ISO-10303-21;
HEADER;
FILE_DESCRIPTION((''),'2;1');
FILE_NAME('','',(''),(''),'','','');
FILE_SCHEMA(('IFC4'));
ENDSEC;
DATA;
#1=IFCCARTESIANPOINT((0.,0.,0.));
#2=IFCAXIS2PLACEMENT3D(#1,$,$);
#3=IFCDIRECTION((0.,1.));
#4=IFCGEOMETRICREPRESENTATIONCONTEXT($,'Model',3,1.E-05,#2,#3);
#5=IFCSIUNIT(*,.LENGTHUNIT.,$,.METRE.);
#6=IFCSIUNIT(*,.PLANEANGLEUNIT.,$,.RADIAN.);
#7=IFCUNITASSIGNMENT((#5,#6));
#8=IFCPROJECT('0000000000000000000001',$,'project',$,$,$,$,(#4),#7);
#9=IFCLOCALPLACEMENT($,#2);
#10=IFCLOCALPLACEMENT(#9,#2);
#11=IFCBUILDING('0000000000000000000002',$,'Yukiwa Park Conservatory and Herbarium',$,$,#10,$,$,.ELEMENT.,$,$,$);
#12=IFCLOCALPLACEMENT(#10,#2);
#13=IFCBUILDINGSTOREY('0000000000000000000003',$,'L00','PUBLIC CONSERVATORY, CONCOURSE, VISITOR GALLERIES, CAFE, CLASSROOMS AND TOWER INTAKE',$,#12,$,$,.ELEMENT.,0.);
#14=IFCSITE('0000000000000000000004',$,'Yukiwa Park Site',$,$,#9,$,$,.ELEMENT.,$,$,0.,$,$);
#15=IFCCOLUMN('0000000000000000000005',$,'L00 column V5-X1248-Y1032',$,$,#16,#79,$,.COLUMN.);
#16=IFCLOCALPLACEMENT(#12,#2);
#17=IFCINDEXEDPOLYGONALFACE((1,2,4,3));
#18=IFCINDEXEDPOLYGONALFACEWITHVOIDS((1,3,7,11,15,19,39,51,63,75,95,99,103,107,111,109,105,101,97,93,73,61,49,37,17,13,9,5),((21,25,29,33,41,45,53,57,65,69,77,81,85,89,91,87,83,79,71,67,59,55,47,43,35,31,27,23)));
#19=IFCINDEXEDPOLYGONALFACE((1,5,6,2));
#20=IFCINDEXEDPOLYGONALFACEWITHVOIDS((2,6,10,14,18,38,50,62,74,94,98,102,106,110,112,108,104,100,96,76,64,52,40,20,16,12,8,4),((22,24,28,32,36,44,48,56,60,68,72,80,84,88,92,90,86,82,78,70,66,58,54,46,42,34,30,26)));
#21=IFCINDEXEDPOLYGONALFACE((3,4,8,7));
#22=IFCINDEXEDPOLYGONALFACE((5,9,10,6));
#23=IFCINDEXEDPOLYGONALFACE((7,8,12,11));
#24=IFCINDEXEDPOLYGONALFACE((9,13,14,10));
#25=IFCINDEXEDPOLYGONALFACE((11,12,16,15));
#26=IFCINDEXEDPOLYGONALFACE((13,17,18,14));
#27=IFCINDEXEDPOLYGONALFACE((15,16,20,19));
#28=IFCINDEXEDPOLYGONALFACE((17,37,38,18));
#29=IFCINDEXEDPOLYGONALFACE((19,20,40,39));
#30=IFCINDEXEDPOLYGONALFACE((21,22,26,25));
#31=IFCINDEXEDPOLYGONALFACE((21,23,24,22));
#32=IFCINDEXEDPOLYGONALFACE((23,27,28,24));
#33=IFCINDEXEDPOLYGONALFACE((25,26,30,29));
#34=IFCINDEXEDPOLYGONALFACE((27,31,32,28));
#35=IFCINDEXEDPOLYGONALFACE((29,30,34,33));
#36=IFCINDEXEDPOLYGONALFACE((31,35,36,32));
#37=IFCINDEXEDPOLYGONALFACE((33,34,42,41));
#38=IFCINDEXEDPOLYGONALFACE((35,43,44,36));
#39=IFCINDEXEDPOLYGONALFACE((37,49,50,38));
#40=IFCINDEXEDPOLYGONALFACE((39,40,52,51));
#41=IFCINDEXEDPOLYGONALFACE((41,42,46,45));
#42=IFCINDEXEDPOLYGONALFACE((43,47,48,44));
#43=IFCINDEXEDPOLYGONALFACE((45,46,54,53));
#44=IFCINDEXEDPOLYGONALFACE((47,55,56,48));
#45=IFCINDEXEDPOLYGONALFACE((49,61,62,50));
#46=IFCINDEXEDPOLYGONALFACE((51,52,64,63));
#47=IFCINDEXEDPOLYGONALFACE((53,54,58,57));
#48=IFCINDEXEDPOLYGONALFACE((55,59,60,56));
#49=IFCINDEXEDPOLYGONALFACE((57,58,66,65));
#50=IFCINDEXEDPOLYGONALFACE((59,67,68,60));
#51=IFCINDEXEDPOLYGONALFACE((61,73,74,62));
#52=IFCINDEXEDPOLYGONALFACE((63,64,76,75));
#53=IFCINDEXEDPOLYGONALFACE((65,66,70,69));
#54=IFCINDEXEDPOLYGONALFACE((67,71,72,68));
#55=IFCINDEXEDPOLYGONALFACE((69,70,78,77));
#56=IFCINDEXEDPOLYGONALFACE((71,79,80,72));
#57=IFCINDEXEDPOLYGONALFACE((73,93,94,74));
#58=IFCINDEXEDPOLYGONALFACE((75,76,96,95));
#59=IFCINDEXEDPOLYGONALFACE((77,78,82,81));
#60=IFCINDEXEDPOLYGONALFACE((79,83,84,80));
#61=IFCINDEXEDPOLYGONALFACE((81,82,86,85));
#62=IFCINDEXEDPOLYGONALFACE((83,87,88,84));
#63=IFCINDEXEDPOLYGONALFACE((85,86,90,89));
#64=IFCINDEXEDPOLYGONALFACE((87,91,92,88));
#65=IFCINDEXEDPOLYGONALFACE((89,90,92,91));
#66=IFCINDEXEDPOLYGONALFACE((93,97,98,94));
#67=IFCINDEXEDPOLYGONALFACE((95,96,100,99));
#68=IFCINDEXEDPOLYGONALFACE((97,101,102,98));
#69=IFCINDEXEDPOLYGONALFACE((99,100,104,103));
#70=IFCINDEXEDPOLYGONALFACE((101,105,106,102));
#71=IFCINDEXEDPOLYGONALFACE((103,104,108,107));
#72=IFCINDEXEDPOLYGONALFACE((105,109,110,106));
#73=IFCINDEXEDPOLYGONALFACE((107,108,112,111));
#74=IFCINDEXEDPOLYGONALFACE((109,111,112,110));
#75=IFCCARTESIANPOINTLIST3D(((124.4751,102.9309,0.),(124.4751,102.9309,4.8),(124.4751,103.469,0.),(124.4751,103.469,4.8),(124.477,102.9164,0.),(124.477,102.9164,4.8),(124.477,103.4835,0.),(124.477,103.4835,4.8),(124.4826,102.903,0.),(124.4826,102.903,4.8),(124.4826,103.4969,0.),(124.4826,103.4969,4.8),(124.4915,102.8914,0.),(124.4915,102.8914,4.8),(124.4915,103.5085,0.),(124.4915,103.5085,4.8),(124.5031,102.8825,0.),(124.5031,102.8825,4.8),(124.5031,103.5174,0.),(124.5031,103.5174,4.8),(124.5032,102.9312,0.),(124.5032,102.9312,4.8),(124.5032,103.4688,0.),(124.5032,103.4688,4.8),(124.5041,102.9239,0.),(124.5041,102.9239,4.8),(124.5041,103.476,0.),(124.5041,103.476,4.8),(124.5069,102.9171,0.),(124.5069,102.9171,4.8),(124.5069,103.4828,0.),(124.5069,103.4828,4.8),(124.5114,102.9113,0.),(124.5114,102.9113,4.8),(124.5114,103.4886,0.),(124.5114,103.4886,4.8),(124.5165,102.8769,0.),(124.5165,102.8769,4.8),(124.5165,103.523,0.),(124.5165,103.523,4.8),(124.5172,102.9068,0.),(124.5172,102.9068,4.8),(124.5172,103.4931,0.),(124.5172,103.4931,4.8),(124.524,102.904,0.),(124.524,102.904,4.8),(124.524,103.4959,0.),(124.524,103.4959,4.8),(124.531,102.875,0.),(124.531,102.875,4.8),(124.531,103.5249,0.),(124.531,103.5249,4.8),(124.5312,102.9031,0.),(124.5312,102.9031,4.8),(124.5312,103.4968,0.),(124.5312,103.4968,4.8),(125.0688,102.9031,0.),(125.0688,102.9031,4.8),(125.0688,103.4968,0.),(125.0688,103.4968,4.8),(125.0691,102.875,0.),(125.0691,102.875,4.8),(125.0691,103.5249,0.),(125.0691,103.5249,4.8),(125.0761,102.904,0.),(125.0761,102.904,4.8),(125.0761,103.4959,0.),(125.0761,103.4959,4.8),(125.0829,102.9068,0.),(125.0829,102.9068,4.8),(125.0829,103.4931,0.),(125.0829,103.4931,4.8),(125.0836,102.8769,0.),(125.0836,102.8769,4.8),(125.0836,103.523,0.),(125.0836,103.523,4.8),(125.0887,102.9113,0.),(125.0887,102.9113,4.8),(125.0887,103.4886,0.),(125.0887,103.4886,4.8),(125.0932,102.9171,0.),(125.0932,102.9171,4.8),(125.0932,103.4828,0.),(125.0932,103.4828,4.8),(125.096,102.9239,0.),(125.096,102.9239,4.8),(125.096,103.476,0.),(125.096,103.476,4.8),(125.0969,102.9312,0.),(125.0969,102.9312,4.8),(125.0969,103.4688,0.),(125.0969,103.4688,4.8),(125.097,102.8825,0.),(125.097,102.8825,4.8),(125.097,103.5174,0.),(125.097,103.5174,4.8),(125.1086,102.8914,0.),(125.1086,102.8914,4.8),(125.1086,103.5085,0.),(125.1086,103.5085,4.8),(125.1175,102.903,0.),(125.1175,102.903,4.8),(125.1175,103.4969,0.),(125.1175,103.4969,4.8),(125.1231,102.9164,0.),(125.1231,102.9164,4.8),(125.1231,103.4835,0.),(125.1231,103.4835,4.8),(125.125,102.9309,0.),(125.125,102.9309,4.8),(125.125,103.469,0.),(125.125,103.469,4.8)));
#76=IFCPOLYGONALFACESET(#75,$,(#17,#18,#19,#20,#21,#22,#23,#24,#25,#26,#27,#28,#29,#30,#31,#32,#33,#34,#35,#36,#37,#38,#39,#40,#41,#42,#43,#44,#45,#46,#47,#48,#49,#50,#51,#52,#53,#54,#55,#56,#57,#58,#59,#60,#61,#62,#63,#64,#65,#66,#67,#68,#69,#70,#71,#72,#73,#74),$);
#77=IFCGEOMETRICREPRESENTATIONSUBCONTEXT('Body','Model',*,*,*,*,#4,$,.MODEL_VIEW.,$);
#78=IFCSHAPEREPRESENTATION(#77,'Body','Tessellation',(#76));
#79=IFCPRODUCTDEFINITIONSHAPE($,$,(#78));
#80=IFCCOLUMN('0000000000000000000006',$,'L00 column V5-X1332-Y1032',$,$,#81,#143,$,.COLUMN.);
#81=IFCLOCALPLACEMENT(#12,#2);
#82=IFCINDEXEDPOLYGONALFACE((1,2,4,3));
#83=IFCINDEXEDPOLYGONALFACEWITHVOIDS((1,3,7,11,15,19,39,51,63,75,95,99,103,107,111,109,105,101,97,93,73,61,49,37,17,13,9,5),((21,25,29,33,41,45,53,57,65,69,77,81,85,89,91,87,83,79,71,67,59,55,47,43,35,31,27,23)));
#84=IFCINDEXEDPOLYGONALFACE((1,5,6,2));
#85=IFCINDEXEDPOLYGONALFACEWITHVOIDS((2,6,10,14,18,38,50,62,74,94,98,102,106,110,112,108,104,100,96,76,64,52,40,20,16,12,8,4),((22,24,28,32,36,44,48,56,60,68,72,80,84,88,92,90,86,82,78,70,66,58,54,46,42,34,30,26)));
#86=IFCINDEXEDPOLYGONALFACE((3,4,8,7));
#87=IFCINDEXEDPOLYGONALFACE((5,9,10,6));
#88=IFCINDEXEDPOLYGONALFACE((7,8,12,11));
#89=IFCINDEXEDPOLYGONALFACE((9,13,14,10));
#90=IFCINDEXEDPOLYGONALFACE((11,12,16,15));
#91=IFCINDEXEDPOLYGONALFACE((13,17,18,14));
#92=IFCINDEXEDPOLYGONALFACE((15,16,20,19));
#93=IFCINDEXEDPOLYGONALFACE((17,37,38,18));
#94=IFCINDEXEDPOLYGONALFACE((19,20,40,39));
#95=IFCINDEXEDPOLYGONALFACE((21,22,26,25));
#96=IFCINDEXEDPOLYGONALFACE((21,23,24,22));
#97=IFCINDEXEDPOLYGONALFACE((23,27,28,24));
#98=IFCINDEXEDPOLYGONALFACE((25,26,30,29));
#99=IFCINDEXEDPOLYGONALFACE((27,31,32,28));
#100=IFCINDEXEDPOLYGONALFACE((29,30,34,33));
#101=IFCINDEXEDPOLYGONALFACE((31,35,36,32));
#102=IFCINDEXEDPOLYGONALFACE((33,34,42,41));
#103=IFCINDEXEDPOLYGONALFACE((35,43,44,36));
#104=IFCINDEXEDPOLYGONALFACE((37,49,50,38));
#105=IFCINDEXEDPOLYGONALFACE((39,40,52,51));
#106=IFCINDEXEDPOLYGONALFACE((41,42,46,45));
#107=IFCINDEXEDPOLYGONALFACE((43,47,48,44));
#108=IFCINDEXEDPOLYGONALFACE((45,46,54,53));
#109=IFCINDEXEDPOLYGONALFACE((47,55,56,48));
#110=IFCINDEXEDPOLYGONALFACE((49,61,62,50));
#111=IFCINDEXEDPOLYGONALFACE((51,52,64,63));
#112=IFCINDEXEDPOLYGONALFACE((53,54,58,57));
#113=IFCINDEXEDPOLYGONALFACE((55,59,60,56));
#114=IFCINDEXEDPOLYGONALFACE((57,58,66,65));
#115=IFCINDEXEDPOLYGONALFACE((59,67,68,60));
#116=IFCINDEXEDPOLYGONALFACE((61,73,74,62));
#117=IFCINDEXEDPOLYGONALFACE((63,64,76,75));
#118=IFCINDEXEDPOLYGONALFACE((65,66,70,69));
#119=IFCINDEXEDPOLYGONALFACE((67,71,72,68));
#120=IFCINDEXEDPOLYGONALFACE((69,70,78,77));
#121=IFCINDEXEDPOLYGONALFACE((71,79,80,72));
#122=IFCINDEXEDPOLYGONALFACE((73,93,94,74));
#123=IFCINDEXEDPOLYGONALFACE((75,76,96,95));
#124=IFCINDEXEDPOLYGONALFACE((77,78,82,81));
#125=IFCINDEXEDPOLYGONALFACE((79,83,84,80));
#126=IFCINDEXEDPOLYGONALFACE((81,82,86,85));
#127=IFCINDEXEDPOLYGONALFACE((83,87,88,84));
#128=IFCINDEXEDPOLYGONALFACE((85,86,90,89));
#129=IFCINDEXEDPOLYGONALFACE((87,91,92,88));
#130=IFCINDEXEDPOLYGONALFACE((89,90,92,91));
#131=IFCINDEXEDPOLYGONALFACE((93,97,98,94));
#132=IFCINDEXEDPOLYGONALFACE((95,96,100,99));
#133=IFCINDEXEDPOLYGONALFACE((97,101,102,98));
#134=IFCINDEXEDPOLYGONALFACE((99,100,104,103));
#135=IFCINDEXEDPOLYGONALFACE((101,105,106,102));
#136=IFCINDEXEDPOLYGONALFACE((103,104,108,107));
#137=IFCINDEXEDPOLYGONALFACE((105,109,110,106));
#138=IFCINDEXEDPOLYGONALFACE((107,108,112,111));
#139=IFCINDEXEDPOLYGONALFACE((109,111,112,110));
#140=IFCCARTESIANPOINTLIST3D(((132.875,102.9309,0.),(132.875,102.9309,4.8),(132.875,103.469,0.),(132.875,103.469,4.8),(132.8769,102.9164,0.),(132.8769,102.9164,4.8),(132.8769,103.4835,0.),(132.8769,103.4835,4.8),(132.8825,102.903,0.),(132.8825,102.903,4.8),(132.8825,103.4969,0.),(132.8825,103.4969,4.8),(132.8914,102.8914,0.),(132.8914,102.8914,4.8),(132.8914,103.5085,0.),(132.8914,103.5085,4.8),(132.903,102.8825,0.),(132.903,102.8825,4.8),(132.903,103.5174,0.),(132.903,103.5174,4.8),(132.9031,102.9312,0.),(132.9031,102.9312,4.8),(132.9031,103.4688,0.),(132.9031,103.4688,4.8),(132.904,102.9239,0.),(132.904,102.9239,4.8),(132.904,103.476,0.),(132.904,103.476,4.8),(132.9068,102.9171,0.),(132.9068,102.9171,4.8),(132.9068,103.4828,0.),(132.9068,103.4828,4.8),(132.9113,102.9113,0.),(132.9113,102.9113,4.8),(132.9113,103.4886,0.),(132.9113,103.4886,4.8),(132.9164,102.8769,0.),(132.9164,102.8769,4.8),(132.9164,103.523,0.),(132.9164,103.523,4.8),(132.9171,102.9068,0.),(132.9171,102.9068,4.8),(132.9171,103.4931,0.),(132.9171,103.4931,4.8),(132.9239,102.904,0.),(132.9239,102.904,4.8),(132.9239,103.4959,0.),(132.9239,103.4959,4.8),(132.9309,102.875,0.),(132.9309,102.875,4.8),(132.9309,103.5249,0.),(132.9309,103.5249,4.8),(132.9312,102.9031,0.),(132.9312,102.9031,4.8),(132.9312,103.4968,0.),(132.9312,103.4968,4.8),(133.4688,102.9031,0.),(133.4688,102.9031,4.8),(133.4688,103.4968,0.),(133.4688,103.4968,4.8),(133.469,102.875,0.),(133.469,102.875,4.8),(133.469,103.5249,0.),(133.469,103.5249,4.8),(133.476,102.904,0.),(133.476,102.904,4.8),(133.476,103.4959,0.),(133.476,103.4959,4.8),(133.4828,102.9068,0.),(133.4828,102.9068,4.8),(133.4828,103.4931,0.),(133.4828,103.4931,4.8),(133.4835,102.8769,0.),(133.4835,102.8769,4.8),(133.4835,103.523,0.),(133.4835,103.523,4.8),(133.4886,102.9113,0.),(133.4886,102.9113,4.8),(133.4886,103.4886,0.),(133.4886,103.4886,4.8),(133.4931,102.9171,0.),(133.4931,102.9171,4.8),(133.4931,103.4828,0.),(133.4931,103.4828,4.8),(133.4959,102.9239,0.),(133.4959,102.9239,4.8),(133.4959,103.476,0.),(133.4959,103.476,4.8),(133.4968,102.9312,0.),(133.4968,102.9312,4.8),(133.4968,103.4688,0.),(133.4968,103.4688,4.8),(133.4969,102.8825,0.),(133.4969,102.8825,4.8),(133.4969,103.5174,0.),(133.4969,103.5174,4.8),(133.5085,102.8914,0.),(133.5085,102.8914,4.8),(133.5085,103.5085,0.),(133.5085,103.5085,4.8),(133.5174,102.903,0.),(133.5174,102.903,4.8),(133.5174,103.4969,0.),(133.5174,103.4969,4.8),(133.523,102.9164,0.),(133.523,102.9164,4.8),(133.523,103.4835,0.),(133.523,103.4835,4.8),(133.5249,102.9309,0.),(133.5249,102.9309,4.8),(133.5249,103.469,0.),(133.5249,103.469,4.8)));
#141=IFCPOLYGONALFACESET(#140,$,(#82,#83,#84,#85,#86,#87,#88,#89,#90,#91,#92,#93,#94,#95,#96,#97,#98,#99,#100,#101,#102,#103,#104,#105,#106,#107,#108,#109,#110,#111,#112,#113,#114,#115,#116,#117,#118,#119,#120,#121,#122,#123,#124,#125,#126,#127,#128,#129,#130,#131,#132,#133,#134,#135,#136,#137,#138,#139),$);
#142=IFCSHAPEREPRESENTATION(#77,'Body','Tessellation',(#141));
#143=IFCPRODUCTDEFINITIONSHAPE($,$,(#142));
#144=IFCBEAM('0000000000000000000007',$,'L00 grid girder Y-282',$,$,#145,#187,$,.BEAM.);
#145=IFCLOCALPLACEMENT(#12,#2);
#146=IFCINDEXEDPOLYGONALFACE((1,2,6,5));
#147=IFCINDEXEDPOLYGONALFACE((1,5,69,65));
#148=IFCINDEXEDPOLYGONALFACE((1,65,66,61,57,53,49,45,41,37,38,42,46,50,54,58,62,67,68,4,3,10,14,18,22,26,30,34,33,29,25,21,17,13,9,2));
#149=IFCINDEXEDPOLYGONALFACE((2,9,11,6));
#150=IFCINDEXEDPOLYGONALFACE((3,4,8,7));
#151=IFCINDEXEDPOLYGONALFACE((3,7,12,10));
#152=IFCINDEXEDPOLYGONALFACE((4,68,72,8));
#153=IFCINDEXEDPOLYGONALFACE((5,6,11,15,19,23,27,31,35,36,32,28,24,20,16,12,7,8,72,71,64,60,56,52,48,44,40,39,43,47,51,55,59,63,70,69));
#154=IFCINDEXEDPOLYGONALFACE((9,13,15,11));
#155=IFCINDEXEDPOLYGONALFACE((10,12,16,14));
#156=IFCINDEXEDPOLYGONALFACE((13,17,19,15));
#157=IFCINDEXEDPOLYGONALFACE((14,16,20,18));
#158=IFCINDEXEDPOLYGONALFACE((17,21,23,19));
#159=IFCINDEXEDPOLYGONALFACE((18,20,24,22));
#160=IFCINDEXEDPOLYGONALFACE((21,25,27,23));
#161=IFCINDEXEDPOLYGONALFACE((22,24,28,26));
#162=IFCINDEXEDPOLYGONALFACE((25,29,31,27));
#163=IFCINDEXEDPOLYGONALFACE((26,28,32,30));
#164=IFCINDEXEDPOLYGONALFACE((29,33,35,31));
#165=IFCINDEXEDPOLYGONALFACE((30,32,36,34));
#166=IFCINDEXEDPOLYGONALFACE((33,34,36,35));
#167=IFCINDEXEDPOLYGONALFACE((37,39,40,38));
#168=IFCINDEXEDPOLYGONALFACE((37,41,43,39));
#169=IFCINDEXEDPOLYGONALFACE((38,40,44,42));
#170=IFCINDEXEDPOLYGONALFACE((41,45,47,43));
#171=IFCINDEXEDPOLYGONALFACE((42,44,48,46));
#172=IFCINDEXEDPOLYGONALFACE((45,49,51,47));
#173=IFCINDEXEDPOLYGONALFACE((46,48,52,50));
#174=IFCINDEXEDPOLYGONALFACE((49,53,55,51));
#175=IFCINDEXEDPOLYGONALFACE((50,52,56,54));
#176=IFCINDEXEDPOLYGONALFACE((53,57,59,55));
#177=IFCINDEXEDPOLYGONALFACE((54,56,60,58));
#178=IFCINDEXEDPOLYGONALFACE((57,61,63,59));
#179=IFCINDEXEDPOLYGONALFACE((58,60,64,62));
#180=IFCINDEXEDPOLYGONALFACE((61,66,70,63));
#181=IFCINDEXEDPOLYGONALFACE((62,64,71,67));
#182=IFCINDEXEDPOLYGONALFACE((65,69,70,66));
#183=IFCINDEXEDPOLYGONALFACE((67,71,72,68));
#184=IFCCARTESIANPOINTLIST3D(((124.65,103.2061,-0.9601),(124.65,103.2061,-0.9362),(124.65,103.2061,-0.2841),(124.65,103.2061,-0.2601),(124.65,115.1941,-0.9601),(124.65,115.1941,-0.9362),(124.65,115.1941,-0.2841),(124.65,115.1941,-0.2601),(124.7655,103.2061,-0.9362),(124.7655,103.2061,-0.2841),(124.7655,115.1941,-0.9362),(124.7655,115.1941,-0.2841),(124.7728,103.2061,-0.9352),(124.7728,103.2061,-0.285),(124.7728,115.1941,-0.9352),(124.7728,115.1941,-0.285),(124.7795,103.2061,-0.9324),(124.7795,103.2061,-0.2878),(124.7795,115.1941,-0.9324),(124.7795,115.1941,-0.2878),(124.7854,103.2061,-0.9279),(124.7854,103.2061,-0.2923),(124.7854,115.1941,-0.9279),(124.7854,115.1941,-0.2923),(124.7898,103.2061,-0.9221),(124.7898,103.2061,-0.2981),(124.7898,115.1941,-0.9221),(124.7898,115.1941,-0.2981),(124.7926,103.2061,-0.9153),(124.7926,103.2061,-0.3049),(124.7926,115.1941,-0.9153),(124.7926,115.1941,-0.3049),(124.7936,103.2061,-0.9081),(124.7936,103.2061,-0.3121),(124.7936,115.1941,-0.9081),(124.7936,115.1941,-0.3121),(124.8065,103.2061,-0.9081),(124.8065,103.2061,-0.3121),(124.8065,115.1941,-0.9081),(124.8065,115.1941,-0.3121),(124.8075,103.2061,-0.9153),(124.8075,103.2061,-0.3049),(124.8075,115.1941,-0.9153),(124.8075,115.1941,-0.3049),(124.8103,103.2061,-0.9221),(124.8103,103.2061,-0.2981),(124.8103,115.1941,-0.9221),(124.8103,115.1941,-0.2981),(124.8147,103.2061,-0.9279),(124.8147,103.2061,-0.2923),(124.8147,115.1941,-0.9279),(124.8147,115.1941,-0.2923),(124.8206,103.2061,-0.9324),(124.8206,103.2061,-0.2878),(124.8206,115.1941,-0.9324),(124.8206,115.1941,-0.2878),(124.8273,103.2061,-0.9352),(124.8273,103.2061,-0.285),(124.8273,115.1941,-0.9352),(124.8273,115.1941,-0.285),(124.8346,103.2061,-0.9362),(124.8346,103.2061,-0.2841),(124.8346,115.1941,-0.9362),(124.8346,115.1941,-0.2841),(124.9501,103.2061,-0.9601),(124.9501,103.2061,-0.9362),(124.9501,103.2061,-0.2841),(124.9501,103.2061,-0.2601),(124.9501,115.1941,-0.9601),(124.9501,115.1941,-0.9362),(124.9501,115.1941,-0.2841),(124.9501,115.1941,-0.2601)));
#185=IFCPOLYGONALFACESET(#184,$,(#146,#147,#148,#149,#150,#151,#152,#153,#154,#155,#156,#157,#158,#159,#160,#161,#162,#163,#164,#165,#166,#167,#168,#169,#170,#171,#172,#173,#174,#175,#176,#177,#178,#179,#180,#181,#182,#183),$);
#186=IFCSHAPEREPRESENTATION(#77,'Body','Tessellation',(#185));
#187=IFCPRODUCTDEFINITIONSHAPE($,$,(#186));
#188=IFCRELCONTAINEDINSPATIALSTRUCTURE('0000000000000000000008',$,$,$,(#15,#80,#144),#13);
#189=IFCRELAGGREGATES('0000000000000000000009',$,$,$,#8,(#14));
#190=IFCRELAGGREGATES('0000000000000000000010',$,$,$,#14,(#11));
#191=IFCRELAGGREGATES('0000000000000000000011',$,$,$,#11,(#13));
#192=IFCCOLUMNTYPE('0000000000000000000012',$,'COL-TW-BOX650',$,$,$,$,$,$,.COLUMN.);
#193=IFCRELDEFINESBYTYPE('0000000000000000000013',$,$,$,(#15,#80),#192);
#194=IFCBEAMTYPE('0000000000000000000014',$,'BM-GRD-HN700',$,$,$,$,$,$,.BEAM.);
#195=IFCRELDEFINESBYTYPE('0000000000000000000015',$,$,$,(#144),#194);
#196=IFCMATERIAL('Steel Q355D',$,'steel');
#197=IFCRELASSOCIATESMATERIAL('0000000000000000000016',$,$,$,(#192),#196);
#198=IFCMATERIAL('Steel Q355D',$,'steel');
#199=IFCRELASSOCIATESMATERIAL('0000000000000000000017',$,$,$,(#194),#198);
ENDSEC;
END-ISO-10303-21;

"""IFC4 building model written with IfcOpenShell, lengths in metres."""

from ifc_helpers import new_model, si_unit, direction, frame, origin, origin_2d, place, context, subcontext, project, spatial, hollow_rectangle, i_section, extrude, material, material_profile, profile_set, type_object, element, save


model = new_model("IFC4")

# Units and contexts
model_context = context("Model", 3, precision=1e-05, world=origin(), true_north=direction((0.0, 1.0)))
body_context = subcontext(model_context, "Body", "Model", "MODEL_VIEW")
ifc_project = project(units=[si_unit("LENGTHUNIT", "METRE"), si_unit("PLANEANGLEUNIT", "RADIAN")], contexts=[model_context])

# Site, building, storey
site_placement = place(None, origin())
site = spatial("IfcSite", under=ifc_project, at=site_placement, Name="Yukiwa Park Site", CompositionType="ELEMENT", RefElevation=0.0)
building_placement = place(site_placement, origin())
building = spatial("IfcBuilding", under=site, at=building_placement, Name="Yukiwa Park Conservatory and Herbarium", CompositionType="ELEMENT")
storey_placement = place(building_placement, origin())
storey = spatial("IfcBuildingStorey", under=building, at=storey_placement, Name="L00", Description="PUBLIC CONSERVATORY, CONCOURSE, VISITOR GALLERIES, CAFE, CLASSROOMS AND TOWER INTAKE", CompositionType="ELEMENT", Elevation=0.0)

# Columns
ifc_material_1 = material(Name="Steel Q355D", Category="steel")
ifc_material_profile_1 = material_profile(ifc_material_1, hollow_rectangle(XDim=0.6499, YDim=0.6499, WallThickness=0.0281, InnerFilletRadius=0.0281, OuterFilletRadius=0.0559, at=origin_2d()), Name="BOX 650x650x28")
ifc_profile_set_1 = profile_set([ifc_material_profile_1], Name="Steel Q355D")
column_type_1 = type_object("IfcColumnType", Name="COL-TW-BOX650", PredefinedType="COLUMN", material=ifc_profile_set_1)
for number, where, z_axis, x_axis, name in (
    (1, (124.8, 103.2, 0.0), (0.0, 0.0, 1.0), (1.0, 0.0, 0.0), "L00 column V5-X1248-Y1032"),
    (2, (133.2, 103.2, 0.0), (0.0, 0.0, 1.0), (1.0, 0.0, 0.0), "L00 column V5-X1332-Y1032"),
):
    element("IfcColumn", number, at=place(storey_placement, frame(where, z_axis=z_axis, x_axis=x_axis)), inside=storey, type_object=column_type_1, Name=name, PredefinedType="COLUMN", context=body_context, shape_type="SweptSolid", body=[
        extrude(hollow_rectangle(XDim=0.6499, YDim=0.6499, WallThickness=0.0281, InnerFilletRadius=0.0281, OuterFilletRadius=0.0559, at=origin_2d()), origin(), (0.0, 0.0, 1.0), 4.8),
    ])

# Beam
ifc_material_2 = material(Name="Steel Q355D", Category="steel")
ifc_material_profile_2 = material_profile(ifc_material_2, i_section(OverallWidth=0.3, OverallDepth=0.7, WebThickness=0.0129, FlangeThickness=0.0239, FilletRadius=0.0281, at=origin_2d()), Name="HN 700x300x13x24")
ifc_profile_set_2 = profile_set([ifc_material_profile_2], Name="Steel Q355D")
beam_type_1 = type_object("IfcBeamType", Name="BM-GRD-HN700", PredefinedType="BEAM", material=ifc_profile_set_2)
for number, where, z_axis, x_axis, name in (
    (3, (124.8, 103.2061, -0.6101), (0.0, 1.0, 0.0), (-1.0, 0.0, 0.0), "L00 grid girder Y-282"),
):
    element("IfcBeam", number, at=place(storey_placement, frame(where, z_axis=z_axis, x_axis=x_axis)), inside=storey, type_object=beam_type_1, Name=name, PredefinedType="BEAM", context=body_context, shape_type="SweptSolid", body=[
        extrude(i_section(OverallWidth=0.3, OverallDepth=0.7, WebThickness=0.0129, FlangeThickness=0.0239, FilletRadius=0.0281, at=origin_2d()), origin(), (0.0, 0.0, 1.0), 11.988),
    ])

save(model, "model.ifc")
